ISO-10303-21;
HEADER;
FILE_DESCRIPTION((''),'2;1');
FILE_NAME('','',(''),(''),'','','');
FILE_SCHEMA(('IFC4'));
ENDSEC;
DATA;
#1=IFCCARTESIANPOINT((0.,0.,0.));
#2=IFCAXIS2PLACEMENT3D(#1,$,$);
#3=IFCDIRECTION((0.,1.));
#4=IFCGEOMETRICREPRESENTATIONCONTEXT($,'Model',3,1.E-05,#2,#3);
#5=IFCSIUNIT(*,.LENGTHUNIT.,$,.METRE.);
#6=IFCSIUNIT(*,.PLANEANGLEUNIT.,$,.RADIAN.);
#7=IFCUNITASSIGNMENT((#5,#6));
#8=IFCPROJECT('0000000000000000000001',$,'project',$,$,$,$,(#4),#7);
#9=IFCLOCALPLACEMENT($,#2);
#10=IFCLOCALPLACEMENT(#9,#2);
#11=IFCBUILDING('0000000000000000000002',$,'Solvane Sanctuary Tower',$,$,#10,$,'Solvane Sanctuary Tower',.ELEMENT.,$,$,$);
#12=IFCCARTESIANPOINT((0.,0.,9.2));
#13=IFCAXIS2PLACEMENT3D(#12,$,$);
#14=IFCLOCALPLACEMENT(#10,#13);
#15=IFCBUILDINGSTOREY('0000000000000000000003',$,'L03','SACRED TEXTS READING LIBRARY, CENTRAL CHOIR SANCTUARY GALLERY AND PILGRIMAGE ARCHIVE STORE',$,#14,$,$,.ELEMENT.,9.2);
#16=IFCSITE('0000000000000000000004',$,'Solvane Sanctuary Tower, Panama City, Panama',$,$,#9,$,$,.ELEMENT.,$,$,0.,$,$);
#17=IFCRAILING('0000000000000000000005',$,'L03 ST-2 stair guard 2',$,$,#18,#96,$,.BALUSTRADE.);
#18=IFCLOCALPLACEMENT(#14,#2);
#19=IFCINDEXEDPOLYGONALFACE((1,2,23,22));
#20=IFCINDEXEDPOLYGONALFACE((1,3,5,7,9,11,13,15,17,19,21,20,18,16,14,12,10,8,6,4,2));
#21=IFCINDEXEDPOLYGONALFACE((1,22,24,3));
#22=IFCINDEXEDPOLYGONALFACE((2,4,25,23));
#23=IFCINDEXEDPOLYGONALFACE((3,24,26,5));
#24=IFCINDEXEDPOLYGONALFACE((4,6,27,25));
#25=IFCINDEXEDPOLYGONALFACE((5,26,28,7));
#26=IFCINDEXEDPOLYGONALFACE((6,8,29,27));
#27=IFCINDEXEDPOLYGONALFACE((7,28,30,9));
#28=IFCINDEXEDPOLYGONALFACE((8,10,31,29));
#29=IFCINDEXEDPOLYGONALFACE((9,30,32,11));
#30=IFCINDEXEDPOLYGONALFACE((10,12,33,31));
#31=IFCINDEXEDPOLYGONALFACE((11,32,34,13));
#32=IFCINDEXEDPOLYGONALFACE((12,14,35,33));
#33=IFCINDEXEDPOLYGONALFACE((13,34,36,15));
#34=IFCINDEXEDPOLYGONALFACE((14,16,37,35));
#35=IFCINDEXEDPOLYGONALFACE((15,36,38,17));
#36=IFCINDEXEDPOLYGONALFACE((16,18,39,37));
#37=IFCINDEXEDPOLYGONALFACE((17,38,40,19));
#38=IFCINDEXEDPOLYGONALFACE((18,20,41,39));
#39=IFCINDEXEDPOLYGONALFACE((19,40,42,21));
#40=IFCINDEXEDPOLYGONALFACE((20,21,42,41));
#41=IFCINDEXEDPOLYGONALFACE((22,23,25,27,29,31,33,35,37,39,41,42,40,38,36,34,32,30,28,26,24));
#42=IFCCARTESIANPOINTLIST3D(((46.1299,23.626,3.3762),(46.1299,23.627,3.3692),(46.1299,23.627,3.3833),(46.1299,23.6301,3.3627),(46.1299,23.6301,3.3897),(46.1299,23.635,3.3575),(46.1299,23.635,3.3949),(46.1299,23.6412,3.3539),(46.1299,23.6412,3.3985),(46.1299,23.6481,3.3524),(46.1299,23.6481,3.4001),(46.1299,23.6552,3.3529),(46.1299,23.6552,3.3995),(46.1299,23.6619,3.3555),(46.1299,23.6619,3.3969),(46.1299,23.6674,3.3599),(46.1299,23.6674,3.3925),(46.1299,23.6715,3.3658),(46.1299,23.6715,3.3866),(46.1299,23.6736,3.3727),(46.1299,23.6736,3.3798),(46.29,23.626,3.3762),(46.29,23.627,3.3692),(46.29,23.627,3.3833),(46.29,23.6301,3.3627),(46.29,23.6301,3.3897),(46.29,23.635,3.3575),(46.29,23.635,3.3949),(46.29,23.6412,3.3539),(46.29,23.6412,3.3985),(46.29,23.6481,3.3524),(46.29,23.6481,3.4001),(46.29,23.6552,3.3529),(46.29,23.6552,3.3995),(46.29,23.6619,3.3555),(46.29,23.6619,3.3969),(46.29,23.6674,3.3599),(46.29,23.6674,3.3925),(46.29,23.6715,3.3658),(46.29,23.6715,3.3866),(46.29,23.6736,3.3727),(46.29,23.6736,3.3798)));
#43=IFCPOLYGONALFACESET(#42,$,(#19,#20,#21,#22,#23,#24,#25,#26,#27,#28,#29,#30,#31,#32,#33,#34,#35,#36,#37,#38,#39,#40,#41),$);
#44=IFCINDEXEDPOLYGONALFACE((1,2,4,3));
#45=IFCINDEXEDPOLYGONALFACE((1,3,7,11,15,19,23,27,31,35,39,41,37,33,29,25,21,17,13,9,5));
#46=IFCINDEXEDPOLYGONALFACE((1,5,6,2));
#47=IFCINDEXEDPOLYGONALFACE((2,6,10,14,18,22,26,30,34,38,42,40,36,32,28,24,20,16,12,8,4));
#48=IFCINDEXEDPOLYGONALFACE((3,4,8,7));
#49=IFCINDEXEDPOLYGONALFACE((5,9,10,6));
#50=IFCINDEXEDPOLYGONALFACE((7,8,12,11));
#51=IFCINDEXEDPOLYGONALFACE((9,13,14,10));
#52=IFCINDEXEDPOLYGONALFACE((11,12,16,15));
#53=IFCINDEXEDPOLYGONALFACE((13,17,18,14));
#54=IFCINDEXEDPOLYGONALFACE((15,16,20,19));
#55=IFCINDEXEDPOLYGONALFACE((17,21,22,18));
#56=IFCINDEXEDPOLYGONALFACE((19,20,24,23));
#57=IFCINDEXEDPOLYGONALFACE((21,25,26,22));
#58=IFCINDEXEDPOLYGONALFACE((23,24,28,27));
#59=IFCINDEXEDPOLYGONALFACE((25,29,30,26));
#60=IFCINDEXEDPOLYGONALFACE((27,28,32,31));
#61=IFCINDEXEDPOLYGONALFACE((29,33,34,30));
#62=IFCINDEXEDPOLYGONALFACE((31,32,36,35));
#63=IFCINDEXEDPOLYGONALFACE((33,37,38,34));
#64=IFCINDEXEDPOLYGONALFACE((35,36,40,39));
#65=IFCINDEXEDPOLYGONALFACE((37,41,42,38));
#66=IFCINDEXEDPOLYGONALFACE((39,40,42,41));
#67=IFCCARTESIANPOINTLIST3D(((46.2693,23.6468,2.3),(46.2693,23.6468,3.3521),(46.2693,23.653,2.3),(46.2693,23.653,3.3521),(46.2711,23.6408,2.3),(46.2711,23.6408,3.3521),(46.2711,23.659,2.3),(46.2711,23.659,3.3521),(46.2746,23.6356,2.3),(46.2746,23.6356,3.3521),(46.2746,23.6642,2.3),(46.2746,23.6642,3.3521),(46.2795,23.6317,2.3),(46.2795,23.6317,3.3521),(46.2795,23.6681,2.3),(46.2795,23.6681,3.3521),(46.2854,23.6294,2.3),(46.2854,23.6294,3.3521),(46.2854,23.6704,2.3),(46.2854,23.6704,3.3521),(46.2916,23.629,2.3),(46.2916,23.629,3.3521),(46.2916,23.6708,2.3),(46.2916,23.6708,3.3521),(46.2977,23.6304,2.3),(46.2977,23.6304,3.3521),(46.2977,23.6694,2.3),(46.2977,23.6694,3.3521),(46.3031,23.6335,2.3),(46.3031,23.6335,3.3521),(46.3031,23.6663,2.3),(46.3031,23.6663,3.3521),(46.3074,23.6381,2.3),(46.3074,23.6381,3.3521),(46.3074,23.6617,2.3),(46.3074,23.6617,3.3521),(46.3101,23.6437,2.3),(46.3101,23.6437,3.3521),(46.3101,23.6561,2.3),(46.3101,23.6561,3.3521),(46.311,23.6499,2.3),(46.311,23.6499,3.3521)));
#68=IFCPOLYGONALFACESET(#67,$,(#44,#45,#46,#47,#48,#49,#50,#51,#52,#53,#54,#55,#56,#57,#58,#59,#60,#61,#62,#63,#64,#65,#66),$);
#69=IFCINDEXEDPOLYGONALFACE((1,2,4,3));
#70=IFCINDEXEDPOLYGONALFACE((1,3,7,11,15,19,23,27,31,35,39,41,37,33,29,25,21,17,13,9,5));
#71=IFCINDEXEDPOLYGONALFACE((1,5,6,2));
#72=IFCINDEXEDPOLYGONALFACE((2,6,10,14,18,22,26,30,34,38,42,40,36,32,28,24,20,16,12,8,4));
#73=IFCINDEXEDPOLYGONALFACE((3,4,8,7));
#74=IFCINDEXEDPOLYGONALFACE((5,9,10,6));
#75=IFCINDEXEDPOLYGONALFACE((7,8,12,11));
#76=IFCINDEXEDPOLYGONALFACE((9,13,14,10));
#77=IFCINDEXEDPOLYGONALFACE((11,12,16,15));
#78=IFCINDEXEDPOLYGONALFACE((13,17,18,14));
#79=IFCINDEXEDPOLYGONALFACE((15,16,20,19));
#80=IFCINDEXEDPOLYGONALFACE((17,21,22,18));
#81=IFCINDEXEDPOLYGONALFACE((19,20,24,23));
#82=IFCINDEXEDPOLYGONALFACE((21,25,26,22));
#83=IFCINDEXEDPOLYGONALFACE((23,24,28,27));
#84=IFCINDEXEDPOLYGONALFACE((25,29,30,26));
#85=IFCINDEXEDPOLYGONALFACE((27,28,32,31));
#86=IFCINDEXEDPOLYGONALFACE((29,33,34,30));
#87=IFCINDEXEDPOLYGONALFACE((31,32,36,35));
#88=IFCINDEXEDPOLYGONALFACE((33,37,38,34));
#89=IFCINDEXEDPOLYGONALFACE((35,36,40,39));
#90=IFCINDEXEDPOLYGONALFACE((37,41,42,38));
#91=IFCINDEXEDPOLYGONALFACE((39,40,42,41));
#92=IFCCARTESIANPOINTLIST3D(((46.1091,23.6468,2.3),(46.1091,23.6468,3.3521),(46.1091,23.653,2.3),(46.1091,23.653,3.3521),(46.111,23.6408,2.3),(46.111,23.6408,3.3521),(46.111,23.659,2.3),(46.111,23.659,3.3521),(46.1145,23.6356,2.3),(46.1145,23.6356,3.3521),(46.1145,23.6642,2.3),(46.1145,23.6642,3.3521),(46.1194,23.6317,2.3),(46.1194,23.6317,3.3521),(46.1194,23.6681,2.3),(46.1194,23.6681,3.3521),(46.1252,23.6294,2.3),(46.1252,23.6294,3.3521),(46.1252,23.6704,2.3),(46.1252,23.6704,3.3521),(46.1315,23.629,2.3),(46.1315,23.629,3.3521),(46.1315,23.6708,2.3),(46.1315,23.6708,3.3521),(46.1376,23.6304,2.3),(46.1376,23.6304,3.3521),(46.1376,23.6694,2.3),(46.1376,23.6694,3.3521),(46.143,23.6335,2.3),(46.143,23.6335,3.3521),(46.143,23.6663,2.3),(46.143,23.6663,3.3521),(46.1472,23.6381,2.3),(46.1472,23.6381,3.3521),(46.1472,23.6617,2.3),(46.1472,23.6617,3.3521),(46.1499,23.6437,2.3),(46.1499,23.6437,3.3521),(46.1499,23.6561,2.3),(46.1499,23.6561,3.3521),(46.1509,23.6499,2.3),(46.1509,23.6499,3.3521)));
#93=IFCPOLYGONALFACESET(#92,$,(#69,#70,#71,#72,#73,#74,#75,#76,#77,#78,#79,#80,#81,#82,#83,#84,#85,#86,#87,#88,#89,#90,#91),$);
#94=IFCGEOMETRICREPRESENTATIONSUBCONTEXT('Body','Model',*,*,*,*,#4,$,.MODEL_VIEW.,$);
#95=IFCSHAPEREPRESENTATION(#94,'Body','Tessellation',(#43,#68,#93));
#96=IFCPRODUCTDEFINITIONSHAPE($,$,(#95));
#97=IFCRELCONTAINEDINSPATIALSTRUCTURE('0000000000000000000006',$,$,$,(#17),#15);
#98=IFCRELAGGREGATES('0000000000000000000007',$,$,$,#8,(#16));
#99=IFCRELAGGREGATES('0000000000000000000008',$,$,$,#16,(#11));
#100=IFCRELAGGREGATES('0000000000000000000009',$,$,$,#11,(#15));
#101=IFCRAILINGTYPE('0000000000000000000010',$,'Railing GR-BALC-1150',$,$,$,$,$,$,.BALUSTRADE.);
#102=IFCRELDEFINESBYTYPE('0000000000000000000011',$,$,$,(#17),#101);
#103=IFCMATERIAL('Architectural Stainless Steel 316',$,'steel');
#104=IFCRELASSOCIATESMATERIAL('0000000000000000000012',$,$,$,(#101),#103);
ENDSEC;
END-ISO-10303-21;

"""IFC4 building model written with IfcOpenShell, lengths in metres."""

from ifc_helpers import new_model, si_unit, direction, frame, origin, origin_2d, place, context, subcontext, project, spatial, circle, extrude, material, type_object, element, save


model = new_model("IFC4")

# Units and contexts
model_context = context("Model", 3, precision=1e-05, world=origin(), true_north=direction((0.0, 1.0)))
body_context = subcontext(model_context, "Body", "Model", "MODEL_VIEW")
ifc_project = project(units=[si_unit("LENGTHUNIT", "METRE"), si_unit("PLANEANGLEUNIT", "RADIAN")], contexts=[model_context])

# Site, building, storey
site_placement = place(None, origin())
site = spatial("IfcSite", under=ifc_project, at=site_placement, Name="Solvane Sanctuary Tower, Panama City, Panama", CompositionType="ELEMENT", RefElevation=0.0)
building_placement = place(site_placement, origin())
building = spatial("IfcBuilding", under=site, at=building_placement, Name="Solvane Sanctuary Tower", LongName="Solvane Sanctuary Tower", CompositionType="ELEMENT")
storey_placement = place(building_placement, frame((0.0, 0.0, 9.2)))
storey = spatial("IfcBuildingStorey", under=building, at=storey_placement, Name="L03", Description="SACRED TEXTS READING LIBRARY, CENTRAL CHOIR SANCTUARY GALLERY AND PILGRIMAGE ARCHIVE STORE", CompositionType="ELEMENT", Elevation=9.2)

# Railing
ifc_material_1 = material(Name="Architectural Stainless Steel 316", Category="steel")
railing_type_1 = type_object("IfcRailingType", Name="Railing GR-BALC-1150", PredefinedType="BALUSTRADE", material=ifc_material_1)
railing_1_placement = place(storey_placement, frame((46.29, 23.6499, 2.3)))
element("IfcRailing", 1, at=railing_1_placement, inside=storey, type_object=railing_type_1, Name="L03 ST-2 stair guard 2", PredefinedType="BALUSTRADE", context=body_context, shape_type="SweptSolid", body=[
    extrude(circle(Radius=0.0239, at=origin_2d()), frame((0.0, 0.0, 1.0762), z_axis=(-1.0, 0.0, 0.0), x_axis=(0.0, -1.0, 0.0)), (0.0, 0.0, 1.0), 0.1602),
    extrude(circle(Radius=0.021, at=origin_2d()), origin(), (0.0, 0.0, 1.0), 1.052),
    extrude(circle(Radius=0.021, at=origin_2d()), frame((-0.1602, 0.0, 0.0)), (0.0, 0.0, 1.0), 1.052),
])

save(model, "model.ifc")
